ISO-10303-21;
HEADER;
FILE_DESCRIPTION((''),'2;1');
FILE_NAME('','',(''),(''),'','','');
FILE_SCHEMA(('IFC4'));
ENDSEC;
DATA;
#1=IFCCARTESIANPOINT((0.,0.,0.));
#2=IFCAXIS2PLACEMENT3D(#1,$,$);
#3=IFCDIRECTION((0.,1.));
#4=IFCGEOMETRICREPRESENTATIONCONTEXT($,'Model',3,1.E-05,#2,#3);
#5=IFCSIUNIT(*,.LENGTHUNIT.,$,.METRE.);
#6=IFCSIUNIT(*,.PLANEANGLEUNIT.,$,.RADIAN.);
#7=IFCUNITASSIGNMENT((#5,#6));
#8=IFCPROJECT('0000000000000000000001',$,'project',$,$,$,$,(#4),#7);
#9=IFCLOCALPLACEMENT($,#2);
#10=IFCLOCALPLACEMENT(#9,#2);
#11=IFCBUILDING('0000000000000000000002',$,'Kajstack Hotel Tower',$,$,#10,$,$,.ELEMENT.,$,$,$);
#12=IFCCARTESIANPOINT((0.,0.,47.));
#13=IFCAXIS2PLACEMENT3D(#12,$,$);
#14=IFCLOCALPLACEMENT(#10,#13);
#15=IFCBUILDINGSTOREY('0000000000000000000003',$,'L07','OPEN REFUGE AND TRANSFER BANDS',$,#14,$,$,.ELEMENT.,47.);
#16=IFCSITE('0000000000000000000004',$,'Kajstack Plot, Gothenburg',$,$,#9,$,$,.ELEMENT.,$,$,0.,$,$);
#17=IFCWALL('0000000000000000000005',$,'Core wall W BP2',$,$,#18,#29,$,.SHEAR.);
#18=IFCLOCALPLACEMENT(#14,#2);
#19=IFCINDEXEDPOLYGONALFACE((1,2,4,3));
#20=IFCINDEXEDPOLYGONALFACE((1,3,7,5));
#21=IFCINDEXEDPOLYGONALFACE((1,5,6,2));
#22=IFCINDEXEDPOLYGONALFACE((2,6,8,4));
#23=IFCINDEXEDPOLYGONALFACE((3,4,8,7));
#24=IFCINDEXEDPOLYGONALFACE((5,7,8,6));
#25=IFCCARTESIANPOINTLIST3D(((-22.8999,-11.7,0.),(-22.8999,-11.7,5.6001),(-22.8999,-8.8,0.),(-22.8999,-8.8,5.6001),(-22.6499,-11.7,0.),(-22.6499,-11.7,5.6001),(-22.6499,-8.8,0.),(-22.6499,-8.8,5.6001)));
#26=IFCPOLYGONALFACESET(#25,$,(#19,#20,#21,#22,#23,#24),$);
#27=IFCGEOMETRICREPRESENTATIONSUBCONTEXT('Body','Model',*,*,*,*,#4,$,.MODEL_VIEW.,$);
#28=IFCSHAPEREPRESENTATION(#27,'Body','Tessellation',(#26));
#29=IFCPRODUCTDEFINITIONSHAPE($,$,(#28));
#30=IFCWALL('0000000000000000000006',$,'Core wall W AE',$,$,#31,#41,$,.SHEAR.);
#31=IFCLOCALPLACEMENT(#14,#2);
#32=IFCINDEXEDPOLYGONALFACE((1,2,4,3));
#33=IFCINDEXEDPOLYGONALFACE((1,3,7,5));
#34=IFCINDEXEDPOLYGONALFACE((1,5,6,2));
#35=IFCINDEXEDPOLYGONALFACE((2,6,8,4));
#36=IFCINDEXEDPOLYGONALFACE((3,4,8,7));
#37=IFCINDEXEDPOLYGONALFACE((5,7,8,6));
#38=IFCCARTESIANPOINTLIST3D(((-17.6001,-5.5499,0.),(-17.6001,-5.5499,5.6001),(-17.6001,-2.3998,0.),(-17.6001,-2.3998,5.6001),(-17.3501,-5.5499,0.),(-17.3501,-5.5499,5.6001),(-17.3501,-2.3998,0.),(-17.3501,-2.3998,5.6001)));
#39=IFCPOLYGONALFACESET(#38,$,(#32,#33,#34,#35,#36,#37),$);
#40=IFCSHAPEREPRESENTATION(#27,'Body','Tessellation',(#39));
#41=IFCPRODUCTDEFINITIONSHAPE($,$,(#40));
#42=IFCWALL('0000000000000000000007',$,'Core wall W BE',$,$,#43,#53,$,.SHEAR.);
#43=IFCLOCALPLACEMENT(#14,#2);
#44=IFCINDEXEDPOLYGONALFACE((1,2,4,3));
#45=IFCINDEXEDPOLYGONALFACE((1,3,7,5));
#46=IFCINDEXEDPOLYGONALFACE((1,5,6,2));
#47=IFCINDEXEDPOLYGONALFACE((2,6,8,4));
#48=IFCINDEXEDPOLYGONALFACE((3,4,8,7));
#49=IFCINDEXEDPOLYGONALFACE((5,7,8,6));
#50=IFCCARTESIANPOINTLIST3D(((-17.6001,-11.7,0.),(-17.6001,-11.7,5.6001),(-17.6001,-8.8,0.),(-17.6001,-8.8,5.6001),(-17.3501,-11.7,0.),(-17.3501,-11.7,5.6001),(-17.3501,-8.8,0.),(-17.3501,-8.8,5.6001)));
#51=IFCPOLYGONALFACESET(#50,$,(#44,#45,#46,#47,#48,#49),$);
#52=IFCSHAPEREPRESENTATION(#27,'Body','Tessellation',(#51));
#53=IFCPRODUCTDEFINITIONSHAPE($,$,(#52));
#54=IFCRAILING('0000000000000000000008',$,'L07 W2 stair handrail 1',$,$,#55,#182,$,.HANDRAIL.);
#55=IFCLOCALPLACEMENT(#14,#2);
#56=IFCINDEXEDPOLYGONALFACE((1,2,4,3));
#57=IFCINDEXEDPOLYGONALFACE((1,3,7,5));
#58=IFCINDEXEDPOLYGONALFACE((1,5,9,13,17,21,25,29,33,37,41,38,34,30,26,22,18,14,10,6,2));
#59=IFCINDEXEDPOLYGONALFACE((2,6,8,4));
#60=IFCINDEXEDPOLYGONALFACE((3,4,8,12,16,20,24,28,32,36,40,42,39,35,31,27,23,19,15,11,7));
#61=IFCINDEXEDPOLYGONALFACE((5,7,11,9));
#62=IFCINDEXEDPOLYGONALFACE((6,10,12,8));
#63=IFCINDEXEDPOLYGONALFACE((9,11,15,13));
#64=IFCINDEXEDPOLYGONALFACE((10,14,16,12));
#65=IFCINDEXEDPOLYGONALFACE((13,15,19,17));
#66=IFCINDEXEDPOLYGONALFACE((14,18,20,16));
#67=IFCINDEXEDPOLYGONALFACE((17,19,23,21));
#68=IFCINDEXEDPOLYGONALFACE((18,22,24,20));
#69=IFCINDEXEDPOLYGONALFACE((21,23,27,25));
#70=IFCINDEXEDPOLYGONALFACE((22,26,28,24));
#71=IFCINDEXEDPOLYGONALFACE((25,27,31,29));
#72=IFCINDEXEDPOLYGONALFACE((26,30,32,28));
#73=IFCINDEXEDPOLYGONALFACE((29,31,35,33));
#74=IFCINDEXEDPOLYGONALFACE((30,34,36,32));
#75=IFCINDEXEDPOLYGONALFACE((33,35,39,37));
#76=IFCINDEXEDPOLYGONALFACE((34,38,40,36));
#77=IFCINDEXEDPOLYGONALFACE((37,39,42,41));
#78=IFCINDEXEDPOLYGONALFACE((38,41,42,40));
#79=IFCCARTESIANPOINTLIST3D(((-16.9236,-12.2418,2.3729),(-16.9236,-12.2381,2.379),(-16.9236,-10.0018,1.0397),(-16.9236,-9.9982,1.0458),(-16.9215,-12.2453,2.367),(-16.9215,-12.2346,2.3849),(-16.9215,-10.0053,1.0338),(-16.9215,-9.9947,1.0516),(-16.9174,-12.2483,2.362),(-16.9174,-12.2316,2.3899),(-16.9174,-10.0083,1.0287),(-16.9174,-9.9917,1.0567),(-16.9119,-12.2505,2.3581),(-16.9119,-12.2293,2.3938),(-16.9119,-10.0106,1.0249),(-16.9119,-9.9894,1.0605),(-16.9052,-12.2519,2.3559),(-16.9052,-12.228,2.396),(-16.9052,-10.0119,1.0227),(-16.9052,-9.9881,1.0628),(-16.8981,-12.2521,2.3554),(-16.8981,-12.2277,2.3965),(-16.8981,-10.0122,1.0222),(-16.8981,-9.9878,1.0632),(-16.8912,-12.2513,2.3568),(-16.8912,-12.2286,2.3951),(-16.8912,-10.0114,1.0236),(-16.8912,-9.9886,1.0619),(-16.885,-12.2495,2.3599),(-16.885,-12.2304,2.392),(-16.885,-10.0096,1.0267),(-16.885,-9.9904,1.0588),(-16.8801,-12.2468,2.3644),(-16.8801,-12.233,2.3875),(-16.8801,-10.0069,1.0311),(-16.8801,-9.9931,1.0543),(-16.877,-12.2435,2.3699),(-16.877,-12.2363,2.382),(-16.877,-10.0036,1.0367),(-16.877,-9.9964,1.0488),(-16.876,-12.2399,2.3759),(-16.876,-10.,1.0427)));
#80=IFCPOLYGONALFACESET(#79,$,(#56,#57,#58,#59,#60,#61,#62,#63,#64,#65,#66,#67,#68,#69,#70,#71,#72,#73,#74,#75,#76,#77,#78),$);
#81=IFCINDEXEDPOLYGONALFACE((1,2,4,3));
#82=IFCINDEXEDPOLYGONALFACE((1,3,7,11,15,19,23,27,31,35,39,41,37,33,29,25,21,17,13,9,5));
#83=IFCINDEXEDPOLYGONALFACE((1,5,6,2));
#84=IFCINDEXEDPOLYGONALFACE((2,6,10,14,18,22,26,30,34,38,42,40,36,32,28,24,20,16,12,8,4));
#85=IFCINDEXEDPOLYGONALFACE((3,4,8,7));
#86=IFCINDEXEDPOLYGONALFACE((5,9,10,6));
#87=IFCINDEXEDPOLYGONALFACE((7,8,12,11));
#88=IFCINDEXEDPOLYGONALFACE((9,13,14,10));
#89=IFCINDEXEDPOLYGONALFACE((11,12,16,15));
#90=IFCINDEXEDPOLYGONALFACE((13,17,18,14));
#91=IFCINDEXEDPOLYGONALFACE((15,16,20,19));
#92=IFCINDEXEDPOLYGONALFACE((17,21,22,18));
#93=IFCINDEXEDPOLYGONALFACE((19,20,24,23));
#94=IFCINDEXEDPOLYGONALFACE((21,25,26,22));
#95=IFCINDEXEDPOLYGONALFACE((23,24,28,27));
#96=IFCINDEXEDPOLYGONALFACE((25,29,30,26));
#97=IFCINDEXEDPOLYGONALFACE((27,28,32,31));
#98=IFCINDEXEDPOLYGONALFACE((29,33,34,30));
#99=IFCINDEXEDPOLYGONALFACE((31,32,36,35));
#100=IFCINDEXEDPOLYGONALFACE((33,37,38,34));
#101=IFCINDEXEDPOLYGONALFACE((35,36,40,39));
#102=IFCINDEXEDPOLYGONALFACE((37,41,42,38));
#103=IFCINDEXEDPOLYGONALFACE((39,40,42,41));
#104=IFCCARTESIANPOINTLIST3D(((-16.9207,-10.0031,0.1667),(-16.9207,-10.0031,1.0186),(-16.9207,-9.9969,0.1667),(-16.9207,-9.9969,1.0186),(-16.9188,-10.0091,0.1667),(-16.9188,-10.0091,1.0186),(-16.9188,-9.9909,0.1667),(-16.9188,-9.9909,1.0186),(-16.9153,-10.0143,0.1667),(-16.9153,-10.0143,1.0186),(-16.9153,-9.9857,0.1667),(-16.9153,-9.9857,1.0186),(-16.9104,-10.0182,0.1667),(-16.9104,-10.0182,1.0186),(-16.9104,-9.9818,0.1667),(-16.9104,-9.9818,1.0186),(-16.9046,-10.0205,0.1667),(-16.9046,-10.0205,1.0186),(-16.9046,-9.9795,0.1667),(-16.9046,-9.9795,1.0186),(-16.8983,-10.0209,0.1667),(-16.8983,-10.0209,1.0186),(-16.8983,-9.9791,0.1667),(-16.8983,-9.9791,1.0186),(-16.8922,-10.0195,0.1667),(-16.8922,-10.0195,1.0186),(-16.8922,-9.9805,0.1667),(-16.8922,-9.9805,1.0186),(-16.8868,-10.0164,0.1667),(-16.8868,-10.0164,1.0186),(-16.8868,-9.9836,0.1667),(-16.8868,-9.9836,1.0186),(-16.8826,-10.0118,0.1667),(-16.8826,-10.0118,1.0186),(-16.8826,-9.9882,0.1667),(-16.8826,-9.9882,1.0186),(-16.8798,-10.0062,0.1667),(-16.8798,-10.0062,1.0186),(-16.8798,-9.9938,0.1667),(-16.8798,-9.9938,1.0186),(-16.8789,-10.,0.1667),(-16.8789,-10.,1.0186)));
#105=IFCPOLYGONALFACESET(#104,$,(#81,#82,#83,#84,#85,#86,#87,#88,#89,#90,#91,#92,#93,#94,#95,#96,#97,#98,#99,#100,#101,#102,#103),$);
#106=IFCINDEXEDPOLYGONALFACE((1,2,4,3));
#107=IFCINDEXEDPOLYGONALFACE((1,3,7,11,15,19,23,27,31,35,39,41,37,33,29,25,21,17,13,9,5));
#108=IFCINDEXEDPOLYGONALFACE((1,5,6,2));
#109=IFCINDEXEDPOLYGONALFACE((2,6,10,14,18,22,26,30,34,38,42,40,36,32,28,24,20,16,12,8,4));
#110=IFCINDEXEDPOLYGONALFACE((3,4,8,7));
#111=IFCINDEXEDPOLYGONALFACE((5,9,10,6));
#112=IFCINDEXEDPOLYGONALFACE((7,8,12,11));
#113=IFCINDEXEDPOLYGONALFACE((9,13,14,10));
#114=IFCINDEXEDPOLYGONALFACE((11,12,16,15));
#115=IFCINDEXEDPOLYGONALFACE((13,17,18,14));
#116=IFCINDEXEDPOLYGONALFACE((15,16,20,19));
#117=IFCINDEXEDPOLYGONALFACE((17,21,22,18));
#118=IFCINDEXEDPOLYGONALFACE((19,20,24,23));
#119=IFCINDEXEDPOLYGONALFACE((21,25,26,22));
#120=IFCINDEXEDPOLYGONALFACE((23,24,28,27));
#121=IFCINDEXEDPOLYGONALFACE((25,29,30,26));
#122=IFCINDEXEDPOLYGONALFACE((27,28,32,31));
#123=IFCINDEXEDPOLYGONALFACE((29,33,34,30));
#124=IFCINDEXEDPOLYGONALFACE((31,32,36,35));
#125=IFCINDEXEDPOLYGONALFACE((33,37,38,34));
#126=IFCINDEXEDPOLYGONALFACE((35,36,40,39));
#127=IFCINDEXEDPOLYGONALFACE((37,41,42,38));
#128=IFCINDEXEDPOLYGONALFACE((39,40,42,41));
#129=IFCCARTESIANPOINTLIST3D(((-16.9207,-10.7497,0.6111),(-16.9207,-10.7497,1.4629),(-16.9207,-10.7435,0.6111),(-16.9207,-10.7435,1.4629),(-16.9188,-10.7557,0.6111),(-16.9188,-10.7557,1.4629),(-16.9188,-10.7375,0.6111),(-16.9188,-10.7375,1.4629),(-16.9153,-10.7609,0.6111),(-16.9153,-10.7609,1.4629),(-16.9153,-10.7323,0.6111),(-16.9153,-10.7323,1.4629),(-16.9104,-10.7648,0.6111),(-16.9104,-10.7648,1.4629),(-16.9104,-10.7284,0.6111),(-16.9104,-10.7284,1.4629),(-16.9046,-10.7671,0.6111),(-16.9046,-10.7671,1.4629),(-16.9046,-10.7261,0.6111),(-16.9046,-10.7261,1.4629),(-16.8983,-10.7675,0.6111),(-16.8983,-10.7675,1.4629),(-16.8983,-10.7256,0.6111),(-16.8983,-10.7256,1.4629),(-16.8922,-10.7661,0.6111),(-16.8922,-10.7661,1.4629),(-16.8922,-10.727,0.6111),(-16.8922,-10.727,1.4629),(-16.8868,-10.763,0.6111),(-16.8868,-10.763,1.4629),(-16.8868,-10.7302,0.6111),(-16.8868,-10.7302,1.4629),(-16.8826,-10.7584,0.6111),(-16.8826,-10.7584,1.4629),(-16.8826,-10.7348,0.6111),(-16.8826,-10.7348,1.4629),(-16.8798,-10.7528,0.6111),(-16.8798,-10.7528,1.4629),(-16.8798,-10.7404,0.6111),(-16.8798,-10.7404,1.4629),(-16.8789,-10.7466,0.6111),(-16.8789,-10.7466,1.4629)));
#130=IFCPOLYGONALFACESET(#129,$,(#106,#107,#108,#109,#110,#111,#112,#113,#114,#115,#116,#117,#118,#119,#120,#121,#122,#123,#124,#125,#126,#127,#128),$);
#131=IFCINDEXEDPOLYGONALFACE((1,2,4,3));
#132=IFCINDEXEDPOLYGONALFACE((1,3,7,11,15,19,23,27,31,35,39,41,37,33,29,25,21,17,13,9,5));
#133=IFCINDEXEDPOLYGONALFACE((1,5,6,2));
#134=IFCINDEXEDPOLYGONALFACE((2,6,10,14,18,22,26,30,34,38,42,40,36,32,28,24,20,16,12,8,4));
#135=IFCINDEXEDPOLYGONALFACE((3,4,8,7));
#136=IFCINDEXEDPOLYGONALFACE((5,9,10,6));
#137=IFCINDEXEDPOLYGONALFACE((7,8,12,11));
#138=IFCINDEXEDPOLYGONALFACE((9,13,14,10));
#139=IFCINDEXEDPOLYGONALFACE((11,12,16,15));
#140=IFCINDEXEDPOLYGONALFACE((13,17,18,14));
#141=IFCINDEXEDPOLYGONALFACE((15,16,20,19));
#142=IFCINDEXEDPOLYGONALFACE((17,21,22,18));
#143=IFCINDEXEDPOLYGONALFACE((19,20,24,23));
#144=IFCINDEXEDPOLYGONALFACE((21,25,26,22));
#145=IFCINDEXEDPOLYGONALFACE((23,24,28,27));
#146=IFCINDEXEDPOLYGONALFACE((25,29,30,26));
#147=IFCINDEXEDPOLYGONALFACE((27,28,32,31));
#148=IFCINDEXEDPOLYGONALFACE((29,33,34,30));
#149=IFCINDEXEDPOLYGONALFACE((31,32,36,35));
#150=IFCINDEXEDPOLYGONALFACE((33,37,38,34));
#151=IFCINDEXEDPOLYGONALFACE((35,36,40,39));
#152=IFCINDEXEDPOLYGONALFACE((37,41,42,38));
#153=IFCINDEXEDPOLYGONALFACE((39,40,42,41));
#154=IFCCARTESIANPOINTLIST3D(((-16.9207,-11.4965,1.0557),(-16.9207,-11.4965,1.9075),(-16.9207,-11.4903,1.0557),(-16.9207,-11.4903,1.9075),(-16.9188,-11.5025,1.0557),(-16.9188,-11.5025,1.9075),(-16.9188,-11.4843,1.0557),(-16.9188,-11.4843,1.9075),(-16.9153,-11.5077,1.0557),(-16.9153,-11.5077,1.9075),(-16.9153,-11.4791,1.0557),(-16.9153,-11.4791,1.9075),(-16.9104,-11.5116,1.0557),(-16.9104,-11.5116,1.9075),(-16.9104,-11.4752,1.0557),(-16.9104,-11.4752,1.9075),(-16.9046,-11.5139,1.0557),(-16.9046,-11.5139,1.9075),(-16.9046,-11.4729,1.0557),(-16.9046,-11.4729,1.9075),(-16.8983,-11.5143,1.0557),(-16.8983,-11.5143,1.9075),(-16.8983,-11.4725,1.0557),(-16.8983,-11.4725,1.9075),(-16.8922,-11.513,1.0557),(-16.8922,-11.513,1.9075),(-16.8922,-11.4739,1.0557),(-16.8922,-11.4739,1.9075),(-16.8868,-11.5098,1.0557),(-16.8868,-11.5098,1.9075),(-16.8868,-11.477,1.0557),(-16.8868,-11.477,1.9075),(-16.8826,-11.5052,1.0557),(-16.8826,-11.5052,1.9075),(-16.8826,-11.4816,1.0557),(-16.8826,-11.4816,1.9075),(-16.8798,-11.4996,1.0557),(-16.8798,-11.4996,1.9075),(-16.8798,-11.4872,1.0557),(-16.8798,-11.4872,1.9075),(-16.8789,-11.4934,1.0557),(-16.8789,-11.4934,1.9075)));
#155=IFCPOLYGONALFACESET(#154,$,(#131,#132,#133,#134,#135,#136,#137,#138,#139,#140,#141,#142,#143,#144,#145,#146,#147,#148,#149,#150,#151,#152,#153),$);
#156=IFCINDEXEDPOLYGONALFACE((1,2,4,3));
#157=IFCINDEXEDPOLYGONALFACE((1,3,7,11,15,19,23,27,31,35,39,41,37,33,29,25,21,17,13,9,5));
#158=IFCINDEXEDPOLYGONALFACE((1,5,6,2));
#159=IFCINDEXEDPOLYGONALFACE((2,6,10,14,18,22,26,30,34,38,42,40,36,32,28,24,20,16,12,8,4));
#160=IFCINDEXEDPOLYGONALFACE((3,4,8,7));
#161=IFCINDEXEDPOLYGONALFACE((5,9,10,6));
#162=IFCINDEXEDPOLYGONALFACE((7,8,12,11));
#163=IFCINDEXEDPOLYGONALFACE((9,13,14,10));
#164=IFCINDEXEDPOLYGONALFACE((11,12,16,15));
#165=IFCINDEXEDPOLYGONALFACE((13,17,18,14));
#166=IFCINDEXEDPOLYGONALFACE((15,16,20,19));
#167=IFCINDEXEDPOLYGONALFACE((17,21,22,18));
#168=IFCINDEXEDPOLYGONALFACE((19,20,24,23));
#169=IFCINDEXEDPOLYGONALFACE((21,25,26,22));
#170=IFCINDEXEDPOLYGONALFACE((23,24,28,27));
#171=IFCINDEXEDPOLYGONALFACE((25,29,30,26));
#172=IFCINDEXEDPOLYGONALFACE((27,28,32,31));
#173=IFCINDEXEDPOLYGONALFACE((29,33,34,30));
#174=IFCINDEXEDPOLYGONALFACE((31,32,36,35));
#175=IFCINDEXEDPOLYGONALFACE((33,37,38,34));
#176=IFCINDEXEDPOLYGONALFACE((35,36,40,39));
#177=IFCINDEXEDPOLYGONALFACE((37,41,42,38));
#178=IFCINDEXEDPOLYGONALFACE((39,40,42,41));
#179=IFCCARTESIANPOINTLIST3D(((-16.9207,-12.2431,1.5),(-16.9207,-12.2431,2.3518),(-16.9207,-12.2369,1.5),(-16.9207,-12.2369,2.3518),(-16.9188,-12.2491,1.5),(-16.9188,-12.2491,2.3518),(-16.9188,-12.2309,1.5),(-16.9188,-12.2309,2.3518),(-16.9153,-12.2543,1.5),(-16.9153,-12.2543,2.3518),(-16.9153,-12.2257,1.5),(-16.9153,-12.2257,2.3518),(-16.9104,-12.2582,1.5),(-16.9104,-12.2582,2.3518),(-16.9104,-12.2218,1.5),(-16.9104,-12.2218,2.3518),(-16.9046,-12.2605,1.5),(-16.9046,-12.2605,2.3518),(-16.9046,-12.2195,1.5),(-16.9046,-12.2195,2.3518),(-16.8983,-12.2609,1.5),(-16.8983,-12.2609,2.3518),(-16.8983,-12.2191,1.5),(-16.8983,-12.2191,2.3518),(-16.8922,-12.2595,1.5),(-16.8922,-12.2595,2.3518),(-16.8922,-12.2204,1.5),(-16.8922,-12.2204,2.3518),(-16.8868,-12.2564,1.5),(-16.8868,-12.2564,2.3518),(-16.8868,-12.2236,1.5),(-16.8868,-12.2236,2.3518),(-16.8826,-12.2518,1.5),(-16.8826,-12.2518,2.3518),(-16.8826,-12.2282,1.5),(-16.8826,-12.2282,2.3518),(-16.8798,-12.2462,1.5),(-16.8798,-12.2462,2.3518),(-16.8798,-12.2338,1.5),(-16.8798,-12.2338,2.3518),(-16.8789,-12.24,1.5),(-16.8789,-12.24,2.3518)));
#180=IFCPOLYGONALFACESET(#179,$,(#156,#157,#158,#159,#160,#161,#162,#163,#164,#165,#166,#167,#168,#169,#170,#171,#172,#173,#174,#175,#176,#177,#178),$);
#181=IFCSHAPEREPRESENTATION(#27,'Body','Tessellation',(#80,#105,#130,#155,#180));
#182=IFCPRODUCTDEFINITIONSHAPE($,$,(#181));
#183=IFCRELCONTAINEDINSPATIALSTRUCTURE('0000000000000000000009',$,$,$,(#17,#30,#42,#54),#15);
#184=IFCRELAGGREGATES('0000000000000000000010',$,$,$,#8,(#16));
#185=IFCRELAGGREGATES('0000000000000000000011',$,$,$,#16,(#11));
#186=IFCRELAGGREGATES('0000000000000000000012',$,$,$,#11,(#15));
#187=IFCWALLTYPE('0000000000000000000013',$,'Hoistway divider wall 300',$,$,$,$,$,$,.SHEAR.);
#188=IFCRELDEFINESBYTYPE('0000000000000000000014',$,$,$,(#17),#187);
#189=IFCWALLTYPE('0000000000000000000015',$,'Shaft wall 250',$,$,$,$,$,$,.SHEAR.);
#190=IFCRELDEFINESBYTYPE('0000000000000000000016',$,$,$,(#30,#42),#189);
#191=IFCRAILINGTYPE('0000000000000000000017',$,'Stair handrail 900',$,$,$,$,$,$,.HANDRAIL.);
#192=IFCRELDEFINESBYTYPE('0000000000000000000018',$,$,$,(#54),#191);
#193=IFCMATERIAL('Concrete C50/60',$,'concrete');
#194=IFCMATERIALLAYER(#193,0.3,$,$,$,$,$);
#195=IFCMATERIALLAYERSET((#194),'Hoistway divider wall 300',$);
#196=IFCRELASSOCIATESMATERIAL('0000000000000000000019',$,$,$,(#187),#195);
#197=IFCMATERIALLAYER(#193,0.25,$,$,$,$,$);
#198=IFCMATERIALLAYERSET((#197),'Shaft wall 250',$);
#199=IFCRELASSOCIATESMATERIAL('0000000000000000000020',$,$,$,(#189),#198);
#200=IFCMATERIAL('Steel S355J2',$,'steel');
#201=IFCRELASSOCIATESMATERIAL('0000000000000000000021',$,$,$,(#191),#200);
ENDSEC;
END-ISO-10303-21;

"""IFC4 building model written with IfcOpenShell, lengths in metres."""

from ifc_helpers import new_model, si_unit, direction, frame, frame_2d, origin, origin_2d, place, context, subcontext, project, spatial, rectangle, circle, extrude, material, layer, layer_set, type_object, element, save


model = new_model("IFC4")

# Units and contexts
model_context = context("Model", 3, precision=1e-05, world=origin(), true_north=direction((0.0, 1.0)))
body_context = subcontext(model_context, "Body", "Model", "MODEL_VIEW")
ifc_project = project(units=[si_unit("LENGTHUNIT", "METRE"), si_unit("PLANEANGLEUNIT", "RADIAN")], contexts=[model_context])

# Site, building, storey
site_placement = place(None, origin())
site = spatial("IfcSite", under=ifc_project, at=site_placement, Name="Kajstack Plot, Gothenburg", CompositionType="ELEMENT", RefElevation=0.0)
building_placement = place(site_placement, origin())
building = spatial("IfcBuilding", under=site, at=building_placement, Name="Kajstack Hotel Tower", CompositionType="ELEMENT")
storey_placement = place(building_placement, frame((0.0, 0.0, 47.0)))
storey = spatial("IfcBuildingStorey", under=building, at=storey_placement, Name="L07", Description="OPEN REFUGE AND TRANSFER BANDS", CompositionType="ELEMENT", Elevation=47.0)

# Walls
ifc_material_1 = material(Name="Concrete C50/60", Category="concrete")
ifc_layer_1 = layer(ifc_material_1, 0.3)
ifc_layer_set_1 = layer_set([ifc_layer_1], Name="Hoistway divider wall 300")
wall_type_1 = type_object("IfcWallType", Name="Hoistway divider wall 300", PredefinedType="SHEAR", material=ifc_layer_set_1)
wall_1_placement = place(storey_placement, frame((-22.7749, -11.7, 0.0), z_axis=(0.0, 0.0, 1.0), x_axis=(0.0, 1.0, 0.0)))
element("IfcWall", 1, at=wall_1_placement, inside=storey, type_object=wall_type_1, Name="Core wall W BP2", PredefinedType="SHEAR", context=body_context, shape_type="SweptSolid", body=[
    extrude(rectangle(XDim=2.8999, YDim=0.25, at=frame_2d((1.45, 0.0))), origin(), (0.0, 0.0, 1.0), 5.6001),
])
ifc_layer_2 = layer(ifc_material_1, 0.25)
ifc_layer_set_2 = layer_set([ifc_layer_2], Name="Shaft wall 250")
wall_type_2 = type_object("IfcWallType", Name="Shaft wall 250", PredefinedType="SHEAR", material=ifc_layer_set_2)
wall_2_placement = place(storey_placement, frame((-17.4751, -5.55, 0.0), z_axis=(0.0, 0.0, 1.0), x_axis=(0.0, 1.0, 0.0)))
element("IfcWall", 2, at=wall_2_placement, inside=storey, type_object=wall_type_2, Name="Core wall W AE", PredefinedType="SHEAR", context=body_context, shape_type="SweptSolid", body=[
    extrude(rectangle(XDim=3.1501, YDim=0.25, at=frame_2d((1.5752, 0.0))), origin(), (0.0, 0.0, 1.0), 5.6001),
])
wall_3_placement = place(storey_placement, frame((-17.4751, -11.7, 0.0), z_axis=(0.0, 0.0, 1.0), x_axis=(0.0, 1.0, 0.0)))
element("IfcWall", 3, at=wall_3_placement, inside=storey, type_object=wall_type_2, Name="Core wall W BE", PredefinedType="SHEAR", context=body_context, shape_type="SweptSolid", body=[
    extrude(rectangle(XDim=2.8999, YDim=0.25, at=frame_2d((1.45, 0.0))), origin(), (0.0, 0.0, 1.0), 5.6001),
])

# Railing
ifc_material_2 = material(Name="Steel S355J2", Category="steel")
railing_type_1 = type_object("IfcRailingType", Name="Stair handrail 900", PredefinedType="HANDRAIL", material=ifc_material_2)
railing_1_placement = place(storey_placement, frame((-16.8999, -10.0, 0.1667)))
element("IfcRailing", 4, at=railing_1_placement, inside=storey, type_object=railing_type_1, Name="L07 W2 stair handrail 1", PredefinedType="HANDRAIL", context=body_context, shape_type="SweptSolid", body=[
    extrude(circle(Radius=0.0239, at=origin_2d()), frame((0.0, 0.0, 0.876), z_axis=(0.0, -0.859306, 0.511462), x_axis=(1.0, 0.0, 0.0)), (0.0, 0.0, 1.0), 2.6067),
    extrude(circle(Radius=0.021, at=origin_2d()), origin(), (0.0, 0.0, 1.0), 0.8518),
    extrude(circle(Radius=0.021, at=origin_2d()), frame((0.0, -0.7466, 0.4443)), (0.0, 0.0, 1.0), 0.8518),
    extrude(circle(Radius=0.021, at=origin_2d()), frame((0.0, -1.4934, 0.8889)), (0.0, 0.0, 1.0), 0.8518),
    extrude(circle(Radius=0.021, at=origin_2d()), frame((0.0, -2.24, 1.3333)), (0.0, 0.0, 1.0), 0.8518),
])

save(model, "model.ifc")
